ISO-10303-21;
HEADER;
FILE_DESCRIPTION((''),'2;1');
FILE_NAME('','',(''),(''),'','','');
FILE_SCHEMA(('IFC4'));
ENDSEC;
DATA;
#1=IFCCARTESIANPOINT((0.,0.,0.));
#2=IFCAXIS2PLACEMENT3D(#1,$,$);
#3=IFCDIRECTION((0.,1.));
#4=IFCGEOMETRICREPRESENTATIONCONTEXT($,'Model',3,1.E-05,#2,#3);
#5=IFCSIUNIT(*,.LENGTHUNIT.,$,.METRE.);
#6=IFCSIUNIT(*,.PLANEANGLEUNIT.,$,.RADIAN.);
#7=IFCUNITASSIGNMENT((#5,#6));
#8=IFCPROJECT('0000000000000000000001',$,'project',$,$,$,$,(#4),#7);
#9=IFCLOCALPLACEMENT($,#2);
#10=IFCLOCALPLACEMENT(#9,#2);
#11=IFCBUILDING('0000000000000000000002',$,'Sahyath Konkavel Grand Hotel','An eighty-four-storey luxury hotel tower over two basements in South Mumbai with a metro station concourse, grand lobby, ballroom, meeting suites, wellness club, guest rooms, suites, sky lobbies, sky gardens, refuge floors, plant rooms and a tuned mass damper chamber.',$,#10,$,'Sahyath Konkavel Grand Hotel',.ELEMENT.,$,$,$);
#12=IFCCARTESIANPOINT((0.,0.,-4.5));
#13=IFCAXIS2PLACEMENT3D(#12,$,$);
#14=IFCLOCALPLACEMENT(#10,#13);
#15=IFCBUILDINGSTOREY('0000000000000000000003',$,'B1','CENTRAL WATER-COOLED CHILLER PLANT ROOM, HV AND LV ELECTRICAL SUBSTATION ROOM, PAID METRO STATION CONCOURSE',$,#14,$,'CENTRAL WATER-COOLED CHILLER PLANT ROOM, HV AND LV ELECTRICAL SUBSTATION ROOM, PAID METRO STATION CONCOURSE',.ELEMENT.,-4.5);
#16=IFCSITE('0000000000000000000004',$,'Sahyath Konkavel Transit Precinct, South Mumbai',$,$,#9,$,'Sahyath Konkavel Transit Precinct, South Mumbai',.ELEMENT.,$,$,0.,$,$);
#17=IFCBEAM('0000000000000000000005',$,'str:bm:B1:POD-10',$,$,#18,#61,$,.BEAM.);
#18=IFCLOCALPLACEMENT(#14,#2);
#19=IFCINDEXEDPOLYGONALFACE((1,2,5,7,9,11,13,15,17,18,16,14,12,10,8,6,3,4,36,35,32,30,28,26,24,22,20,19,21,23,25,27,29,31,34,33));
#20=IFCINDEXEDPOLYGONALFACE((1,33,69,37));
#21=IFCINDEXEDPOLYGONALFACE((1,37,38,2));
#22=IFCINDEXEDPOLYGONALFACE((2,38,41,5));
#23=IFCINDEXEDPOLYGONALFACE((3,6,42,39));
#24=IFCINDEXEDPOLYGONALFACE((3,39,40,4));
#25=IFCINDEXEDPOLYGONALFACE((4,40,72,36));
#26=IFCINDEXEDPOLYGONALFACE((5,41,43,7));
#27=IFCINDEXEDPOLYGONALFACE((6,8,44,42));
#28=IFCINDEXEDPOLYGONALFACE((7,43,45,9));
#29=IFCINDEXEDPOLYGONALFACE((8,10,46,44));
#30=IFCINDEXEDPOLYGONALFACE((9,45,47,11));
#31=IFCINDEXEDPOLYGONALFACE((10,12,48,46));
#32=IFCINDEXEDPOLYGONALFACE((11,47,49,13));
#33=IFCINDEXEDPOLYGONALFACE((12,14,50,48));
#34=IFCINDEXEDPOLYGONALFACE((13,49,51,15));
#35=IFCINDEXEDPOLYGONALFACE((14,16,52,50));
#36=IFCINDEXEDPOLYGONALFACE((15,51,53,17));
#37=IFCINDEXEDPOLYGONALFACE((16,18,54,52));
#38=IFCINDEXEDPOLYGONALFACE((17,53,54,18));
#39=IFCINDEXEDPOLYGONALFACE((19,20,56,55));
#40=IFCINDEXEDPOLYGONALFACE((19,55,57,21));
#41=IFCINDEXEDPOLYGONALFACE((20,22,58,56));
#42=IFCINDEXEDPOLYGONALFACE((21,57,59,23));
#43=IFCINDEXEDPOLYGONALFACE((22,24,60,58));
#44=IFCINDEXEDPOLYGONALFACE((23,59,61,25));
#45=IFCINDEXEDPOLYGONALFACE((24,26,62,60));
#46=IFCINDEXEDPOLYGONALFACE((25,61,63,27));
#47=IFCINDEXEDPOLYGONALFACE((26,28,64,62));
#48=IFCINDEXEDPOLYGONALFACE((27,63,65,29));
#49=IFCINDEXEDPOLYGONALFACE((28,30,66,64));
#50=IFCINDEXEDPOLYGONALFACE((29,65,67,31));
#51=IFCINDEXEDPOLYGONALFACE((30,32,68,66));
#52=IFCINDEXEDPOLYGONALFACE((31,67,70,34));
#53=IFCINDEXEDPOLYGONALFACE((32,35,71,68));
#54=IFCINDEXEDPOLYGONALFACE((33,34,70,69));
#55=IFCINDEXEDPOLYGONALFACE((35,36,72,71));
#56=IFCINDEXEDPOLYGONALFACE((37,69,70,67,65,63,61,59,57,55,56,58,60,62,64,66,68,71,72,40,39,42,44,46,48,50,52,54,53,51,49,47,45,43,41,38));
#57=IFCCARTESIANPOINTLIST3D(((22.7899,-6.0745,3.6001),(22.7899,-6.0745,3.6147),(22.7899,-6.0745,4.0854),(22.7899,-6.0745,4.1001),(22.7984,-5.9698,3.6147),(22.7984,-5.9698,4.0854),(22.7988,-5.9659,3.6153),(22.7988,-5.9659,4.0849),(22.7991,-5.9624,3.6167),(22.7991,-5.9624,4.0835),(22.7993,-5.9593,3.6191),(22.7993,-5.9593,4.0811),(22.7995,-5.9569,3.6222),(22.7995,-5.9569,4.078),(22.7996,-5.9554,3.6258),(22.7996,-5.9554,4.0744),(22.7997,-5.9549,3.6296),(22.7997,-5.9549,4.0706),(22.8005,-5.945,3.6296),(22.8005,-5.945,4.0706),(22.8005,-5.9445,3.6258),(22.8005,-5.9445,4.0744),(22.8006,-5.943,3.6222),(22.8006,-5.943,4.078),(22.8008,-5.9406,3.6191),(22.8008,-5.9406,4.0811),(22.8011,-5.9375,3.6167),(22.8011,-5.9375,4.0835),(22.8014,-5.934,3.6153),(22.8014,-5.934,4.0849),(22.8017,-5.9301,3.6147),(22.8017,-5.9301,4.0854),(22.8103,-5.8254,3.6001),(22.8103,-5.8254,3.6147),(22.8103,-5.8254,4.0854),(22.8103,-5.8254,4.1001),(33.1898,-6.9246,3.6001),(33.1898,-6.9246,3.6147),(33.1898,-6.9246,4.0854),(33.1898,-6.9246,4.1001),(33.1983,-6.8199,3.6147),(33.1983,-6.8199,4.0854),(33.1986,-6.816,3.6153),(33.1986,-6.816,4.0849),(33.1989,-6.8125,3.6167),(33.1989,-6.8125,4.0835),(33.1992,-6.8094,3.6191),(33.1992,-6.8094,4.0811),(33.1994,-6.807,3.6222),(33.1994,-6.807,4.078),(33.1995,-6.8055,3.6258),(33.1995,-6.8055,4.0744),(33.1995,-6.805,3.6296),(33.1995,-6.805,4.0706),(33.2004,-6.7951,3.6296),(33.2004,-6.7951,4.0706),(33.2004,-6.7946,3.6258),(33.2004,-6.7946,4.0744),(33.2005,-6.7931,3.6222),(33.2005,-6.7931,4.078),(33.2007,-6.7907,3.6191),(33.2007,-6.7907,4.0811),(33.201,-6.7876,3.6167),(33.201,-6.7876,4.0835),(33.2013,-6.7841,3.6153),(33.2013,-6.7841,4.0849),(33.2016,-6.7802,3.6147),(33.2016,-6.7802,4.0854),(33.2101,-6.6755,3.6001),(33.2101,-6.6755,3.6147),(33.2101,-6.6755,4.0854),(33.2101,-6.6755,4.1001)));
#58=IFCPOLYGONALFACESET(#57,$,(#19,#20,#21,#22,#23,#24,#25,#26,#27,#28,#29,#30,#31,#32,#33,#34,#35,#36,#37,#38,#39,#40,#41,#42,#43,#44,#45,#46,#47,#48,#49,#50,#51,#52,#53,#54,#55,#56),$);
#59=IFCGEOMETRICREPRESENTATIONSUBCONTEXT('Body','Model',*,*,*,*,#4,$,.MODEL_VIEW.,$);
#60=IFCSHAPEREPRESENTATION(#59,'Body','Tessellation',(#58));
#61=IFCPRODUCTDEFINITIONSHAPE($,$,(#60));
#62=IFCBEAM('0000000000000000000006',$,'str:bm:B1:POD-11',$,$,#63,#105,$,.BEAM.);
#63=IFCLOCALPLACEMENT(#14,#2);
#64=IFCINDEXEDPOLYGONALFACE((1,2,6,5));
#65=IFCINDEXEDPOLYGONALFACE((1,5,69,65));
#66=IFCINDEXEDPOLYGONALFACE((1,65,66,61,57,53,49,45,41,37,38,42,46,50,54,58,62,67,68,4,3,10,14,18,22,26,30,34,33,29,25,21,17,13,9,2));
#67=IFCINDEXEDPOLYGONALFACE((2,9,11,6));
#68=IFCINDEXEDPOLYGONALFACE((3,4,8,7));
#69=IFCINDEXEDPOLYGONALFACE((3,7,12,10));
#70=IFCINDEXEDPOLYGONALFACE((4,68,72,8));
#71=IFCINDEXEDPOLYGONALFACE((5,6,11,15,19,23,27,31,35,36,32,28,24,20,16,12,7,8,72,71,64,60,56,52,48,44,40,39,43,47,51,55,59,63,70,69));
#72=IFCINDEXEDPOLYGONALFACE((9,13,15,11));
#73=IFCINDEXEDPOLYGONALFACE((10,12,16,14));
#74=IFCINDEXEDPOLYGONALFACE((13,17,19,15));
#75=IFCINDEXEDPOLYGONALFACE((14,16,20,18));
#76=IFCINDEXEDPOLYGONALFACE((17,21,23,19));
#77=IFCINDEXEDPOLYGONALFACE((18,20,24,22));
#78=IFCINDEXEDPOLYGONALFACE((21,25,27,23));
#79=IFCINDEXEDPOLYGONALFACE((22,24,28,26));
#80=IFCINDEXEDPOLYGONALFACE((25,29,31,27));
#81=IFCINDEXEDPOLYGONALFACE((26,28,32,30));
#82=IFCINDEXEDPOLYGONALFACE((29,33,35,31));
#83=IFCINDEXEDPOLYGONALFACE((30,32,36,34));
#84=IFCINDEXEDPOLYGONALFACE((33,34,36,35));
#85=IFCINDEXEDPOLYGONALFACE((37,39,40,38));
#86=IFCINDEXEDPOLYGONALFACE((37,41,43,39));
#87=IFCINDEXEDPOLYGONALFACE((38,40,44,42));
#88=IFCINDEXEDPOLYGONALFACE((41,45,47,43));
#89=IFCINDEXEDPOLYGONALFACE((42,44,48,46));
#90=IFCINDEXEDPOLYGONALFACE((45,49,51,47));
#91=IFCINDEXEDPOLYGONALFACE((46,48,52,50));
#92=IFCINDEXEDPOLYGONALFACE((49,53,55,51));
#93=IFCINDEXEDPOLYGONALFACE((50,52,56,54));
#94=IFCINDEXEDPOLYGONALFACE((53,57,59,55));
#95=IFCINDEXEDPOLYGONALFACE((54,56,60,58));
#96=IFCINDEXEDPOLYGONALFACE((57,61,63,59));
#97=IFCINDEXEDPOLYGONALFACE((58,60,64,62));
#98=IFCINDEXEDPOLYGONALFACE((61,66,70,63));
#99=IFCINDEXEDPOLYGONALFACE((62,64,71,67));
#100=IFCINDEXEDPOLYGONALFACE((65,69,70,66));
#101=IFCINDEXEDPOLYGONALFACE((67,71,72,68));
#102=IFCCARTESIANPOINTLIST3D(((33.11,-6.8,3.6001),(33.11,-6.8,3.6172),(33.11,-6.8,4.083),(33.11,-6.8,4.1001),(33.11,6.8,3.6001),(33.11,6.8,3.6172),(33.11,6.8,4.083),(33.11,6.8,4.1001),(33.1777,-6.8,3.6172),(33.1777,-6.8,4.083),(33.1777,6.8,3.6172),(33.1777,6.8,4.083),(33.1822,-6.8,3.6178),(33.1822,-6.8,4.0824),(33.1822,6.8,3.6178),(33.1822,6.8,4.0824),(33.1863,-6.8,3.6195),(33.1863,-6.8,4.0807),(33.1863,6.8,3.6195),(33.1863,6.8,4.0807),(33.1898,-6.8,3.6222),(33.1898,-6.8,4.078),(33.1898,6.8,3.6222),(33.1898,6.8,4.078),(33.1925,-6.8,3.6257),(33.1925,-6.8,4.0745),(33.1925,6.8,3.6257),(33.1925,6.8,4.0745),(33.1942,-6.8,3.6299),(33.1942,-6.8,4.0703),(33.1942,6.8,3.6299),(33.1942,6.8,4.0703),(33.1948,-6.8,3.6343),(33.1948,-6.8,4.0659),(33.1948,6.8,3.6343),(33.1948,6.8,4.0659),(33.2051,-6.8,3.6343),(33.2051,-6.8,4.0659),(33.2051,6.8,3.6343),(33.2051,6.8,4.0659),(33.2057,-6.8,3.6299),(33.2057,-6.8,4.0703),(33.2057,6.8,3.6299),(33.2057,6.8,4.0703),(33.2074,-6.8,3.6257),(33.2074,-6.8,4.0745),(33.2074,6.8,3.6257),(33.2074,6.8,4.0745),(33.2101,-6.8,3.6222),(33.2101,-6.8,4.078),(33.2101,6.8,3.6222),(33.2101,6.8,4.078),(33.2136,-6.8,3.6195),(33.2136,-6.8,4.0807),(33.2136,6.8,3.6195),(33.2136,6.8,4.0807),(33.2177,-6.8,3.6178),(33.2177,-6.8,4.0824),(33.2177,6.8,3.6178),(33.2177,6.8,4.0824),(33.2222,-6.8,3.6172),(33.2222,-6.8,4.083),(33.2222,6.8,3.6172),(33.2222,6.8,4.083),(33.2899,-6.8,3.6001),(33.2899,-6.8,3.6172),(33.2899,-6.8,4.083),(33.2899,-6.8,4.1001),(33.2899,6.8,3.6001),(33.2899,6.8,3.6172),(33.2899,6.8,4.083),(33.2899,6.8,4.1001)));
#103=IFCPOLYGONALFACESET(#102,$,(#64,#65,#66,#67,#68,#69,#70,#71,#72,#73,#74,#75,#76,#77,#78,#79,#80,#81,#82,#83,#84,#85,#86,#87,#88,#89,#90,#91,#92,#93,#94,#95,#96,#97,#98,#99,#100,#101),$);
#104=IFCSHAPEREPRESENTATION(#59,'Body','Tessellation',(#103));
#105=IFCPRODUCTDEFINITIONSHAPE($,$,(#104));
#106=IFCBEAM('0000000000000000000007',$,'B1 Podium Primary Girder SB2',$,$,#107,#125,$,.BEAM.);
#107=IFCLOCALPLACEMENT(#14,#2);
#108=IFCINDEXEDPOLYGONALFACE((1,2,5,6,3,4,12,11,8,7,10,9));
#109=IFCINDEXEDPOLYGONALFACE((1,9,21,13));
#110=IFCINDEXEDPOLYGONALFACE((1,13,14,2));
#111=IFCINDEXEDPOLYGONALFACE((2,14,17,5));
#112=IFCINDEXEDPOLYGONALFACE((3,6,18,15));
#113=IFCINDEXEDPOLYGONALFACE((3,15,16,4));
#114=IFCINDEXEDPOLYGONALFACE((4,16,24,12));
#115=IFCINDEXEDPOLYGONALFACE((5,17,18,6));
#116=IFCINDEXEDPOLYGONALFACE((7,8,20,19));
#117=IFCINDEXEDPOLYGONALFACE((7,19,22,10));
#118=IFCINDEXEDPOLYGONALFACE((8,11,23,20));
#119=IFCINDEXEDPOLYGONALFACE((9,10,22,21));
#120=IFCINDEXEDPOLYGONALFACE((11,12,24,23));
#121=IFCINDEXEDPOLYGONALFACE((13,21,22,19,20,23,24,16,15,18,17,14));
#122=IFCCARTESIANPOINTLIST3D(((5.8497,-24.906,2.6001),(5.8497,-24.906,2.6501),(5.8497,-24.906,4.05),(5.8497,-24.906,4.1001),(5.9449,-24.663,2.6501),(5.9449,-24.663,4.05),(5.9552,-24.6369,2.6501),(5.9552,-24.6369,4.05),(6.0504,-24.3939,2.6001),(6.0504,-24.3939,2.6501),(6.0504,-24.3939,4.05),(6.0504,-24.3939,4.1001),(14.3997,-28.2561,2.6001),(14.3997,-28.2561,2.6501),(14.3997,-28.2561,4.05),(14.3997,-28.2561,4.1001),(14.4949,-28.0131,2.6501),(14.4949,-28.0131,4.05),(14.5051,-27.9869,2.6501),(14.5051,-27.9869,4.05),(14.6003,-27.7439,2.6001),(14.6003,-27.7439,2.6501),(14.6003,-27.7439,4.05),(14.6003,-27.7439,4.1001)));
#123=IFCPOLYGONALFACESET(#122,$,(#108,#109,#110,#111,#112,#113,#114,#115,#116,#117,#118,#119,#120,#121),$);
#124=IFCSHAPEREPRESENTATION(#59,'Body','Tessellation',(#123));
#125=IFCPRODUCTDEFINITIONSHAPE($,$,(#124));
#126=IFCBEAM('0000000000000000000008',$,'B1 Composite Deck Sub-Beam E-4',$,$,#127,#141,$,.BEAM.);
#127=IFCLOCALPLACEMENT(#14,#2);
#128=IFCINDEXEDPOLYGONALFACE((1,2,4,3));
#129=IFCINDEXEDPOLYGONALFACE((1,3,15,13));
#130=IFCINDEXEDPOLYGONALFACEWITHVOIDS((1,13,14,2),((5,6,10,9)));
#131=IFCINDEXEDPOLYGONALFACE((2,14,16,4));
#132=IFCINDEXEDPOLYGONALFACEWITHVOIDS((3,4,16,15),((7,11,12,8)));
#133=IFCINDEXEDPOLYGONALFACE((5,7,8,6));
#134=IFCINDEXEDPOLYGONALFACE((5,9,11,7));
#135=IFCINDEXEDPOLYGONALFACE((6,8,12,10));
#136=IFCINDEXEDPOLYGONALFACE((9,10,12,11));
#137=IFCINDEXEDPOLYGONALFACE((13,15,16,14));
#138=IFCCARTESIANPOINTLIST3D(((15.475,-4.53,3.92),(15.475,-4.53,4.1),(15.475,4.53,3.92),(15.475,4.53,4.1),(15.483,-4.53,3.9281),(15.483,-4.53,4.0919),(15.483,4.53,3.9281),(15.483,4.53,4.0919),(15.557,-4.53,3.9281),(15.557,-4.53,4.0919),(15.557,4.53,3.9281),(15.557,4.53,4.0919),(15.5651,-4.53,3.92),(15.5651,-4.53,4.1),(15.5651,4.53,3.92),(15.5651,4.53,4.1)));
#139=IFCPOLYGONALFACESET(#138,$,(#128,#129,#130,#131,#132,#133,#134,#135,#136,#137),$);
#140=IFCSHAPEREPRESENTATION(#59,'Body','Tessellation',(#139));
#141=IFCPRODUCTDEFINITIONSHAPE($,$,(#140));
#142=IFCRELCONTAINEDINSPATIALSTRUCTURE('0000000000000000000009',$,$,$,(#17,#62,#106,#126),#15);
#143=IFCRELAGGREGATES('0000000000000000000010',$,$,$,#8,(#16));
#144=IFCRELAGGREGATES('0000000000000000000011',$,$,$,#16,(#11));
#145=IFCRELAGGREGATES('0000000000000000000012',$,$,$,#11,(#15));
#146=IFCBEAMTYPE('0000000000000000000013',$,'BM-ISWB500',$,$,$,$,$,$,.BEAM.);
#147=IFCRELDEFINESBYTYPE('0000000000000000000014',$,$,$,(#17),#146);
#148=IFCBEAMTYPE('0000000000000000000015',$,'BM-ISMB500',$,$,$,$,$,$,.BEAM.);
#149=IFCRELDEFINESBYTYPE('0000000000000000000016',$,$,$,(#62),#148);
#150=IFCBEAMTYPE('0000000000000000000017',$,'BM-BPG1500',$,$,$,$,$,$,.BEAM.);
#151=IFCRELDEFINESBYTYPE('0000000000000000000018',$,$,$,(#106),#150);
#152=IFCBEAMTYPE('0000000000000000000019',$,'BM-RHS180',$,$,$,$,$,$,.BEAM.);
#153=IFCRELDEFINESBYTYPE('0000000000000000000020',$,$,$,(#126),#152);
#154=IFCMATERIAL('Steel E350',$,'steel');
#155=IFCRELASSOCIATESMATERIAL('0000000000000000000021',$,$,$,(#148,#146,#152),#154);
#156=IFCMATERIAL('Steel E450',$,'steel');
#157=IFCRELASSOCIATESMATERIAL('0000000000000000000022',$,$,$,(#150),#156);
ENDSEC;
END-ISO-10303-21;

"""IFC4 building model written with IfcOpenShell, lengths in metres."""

from ifc_helpers import new_model, si_unit, direction, frame, origin, origin_2d, place, context, subcontext, project, spatial, hollow_rectangle, i_section, extrude, source, transform, mapped, material, material_profile, profile_set, type_object, element, save


model = new_model("IFC4")

# Units and contexts
model_context = context("Model", 3, precision=1e-05, world=origin(), true_north=direction((0.0, 1.0)))
body_context = subcontext(model_context, "Body", "Model", "MODEL_VIEW")
ifc_project = project(units=[si_unit("LENGTHUNIT", "METRE"), si_unit("PLANEANGLEUNIT", "RADIAN")], contexts=[model_context])

# Site, building, storey
site_placement = place(None, origin())
site = spatial("IfcSite", under=ifc_project, at=site_placement, Name="Sahyath Konkavel Transit Precinct, South Mumbai", LongName="Sahyath Konkavel Transit Precinct, South Mumbai", CompositionType="ELEMENT", RefElevation=0.0)
building_placement = place(site_placement, origin())
building = spatial("IfcBuilding", under=site, at=building_placement, Name="Sahyath Konkavel Grand Hotel", Description="An eighty-four-storey luxury hotel tower over two basements in South Mumbai with a metro station concourse, grand lobby, ballroom, meeting suites, wellness club, guest rooms, suites, sky lobbies, sky gardens, refuge floors, plant rooms and a tuned mass damper chamber.", LongName="Sahyath Konkavel Grand Hotel", CompositionType="ELEMENT")
storey_placement = place(building_placement, frame((0.0, 0.0, -4.5)))
storey = spatial("IfcBuildingStorey", under=building, at=storey_placement, Name="B1", Description="CENTRAL WATER-COOLED CHILLER PLANT ROOM, HV AND LV ELECTRICAL SUBSTATION ROOM, PAID METRO STATION CONCOURSE", LongName="CENTRAL WATER-COOLED CHILLER PLANT ROOM, HV AND LV ELECTRICAL SUBSTATION ROOM, PAID METRO STATION CONCOURSE", CompositionType="ELEMENT", Elevation=-4.5)

# Beams
ifc_material_1 = material(Name="Steel E350", Category="steel")
ifc_material_profile_1 = material_profile(ifc_material_1, i_section(OverallWidth=0.1799, OverallDepth=0.5, WebThickness=0.0103, FlangeThickness=0.0171, FilletRadius=0.0171, at=origin_2d()), Name="ISMB 500")
ifc_profile_set_1 = profile_set([ifc_material_profile_1], Name="Steel E350")
beam_type_1 = type_object("IfcBeamType", Name="BM-ISMB500", PredefinedType="BEAM", material=ifc_profile_set_1)
ifc_material_profile_2 = material_profile(ifc_material_1, i_section(OverallWidth=0.25, OverallDepth=0.5, WebThickness=0.01, FlangeThickness=0.0146, FilletRadius=0.0149, at=origin_2d()), Name="ISWB 500")
ifc_profile_set_2 = profile_set([ifc_material_profile_2], Name="Steel E350")
beam_type_2 = type_object("IfcBeamType", Name="BM-ISWB500", PredefinedType="BEAM", material=ifc_profile_set_2)
shared_shape_1 = source(origin(), body_context, "Body", "SweptSolid", [
    extrude(i_section(OverallWidth=0.25, OverallDepth=0.5, WebThickness=0.01, FlangeThickness=0.0146, FilletRadius=0.0149, at=origin_2d()), origin(), (0.0, 0.0, 1.0), 10.4346),
])
beam_1_placement = place(storey_placement, frame((33.2, -6.8, 3.8501), z_axis=(-0.996676, 0.081469, 0.0), x_axis=(-0.081469, -0.996676, 0.0)))
element("IfcBeam", 1, at=beam_1_placement, inside=storey, type_object=beam_type_2, Name="str:bm:B1:POD-10", PredefinedType="BEAM", context=body_context, shape_type="MappedRepresentation", body=[
    mapped(shared_shape_1, transform((0.0, 0.0, 0.0), scale=1.0)),
])
shared_shape_2 = source(origin(), body_context, "Body", "SweptSolid", [
    extrude(i_section(OverallWidth=0.1799, OverallDepth=0.5, WebThickness=0.0103, FlangeThickness=0.0171, FilletRadius=0.0171, at=origin_2d()), origin(), (0.0, 0.0, 1.0), 13.6001),
])
beam_2_placement = place(storey_placement, frame((33.2, -6.8, 3.8501), z_axis=(0.0, 1.0, 0.0), x_axis=(-1.0, 0.0, 0.0)))
element("IfcBeam", 2, at=beam_2_placement, inside=storey, type_object=beam_type_1, Name="str:bm:B1:POD-11", PredefinedType="BEAM", context=body_context, shape_type="MappedRepresentation", body=[
    mapped(shared_shape_2, transform((0.0, 0.0, 0.0), scale=1.0)),
])
ifc_material_2 = material(Name="Steel E450", Category="steel")
ifc_material_profile_3 = material_profile(ifc_material_2, i_section(OverallWidth=0.55, OverallDepth=1.5, WebThickness=0.0281, FlangeThickness=0.05, at=origin_2d()), Name="BPG 1500x550")
ifc_profile_set_3 = profile_set([ifc_material_profile_3], Name="Steel E450")
beam_type_3 = type_object("IfcBeamType", Name="BM-BPG1500", PredefinedType="BEAM", material=ifc_profile_set_3)
shared_shape_3 = source(origin(), body_context, "Body", "SweptSolid", [
    extrude(i_section(OverallWidth=0.55, OverallDepth=1.5, WebThickness=0.0281, FlangeThickness=0.05, at=origin_2d()), origin(), (0.0, 0.0, 1.0), 9.1829),
])
beam_3_placement = place(storey_placement, frame((14.5, -28.0, 3.3501), z_axis=(-0.931079, 0.364817, 0.0), x_axis=(-0.364817, -0.931079, 0.0)))
element("IfcBeam", 3, at=beam_3_placement, inside=storey, type_object=beam_type_3, Name="B1 Podium Primary Girder SB2", PredefinedType="BEAM", context=body_context, shape_type="MappedRepresentation", body=[
    mapped(shared_shape_3, transform((0.0, 0.0, 0.0), scale=1.0)),
])
ifc_material_profile_4 = material_profile(ifc_material_1, hollow_rectangle(XDim=0.0901, YDim=0.1799, WallThickness=0.0081, at=origin_2d()), Name="RHS 180x90x8")
ifc_profile_set_4 = profile_set([ifc_material_profile_4], Name="Steel E350")
beam_type_4 = type_object("IfcBeamType", Name="BM-RHS180", PredefinedType="BEAM", material=ifc_profile_set_4)
shared_shape_4 = source(origin(), body_context, "Body", "SweptSolid", [
    extrude(hollow_rectangle(XDim=0.0901, YDim=0.1799, WallThickness=0.0081, at=origin_2d()), origin(), (0.0, 0.0, 1.0), 9.0601),
])
beam_4_placement = place(storey_placement, frame((15.52, -4.53, 4.01), z_axis=(0.0, 1.0, 0.0), x_axis=(-1.0, 0.0, 0.0)))
element("IfcBeam", 4, at=beam_4_placement, inside=storey, type_object=beam_type_4, Name="B1 Composite Deck Sub-Beam E-4", PredefinedType="BEAM", context=body_context, shape_type="MappedRepresentation", body=[
    mapped(shared_shape_4, transform((0.0, 0.0, 0.0), scale=1.0)),
])

save(model, "model.ifc")
